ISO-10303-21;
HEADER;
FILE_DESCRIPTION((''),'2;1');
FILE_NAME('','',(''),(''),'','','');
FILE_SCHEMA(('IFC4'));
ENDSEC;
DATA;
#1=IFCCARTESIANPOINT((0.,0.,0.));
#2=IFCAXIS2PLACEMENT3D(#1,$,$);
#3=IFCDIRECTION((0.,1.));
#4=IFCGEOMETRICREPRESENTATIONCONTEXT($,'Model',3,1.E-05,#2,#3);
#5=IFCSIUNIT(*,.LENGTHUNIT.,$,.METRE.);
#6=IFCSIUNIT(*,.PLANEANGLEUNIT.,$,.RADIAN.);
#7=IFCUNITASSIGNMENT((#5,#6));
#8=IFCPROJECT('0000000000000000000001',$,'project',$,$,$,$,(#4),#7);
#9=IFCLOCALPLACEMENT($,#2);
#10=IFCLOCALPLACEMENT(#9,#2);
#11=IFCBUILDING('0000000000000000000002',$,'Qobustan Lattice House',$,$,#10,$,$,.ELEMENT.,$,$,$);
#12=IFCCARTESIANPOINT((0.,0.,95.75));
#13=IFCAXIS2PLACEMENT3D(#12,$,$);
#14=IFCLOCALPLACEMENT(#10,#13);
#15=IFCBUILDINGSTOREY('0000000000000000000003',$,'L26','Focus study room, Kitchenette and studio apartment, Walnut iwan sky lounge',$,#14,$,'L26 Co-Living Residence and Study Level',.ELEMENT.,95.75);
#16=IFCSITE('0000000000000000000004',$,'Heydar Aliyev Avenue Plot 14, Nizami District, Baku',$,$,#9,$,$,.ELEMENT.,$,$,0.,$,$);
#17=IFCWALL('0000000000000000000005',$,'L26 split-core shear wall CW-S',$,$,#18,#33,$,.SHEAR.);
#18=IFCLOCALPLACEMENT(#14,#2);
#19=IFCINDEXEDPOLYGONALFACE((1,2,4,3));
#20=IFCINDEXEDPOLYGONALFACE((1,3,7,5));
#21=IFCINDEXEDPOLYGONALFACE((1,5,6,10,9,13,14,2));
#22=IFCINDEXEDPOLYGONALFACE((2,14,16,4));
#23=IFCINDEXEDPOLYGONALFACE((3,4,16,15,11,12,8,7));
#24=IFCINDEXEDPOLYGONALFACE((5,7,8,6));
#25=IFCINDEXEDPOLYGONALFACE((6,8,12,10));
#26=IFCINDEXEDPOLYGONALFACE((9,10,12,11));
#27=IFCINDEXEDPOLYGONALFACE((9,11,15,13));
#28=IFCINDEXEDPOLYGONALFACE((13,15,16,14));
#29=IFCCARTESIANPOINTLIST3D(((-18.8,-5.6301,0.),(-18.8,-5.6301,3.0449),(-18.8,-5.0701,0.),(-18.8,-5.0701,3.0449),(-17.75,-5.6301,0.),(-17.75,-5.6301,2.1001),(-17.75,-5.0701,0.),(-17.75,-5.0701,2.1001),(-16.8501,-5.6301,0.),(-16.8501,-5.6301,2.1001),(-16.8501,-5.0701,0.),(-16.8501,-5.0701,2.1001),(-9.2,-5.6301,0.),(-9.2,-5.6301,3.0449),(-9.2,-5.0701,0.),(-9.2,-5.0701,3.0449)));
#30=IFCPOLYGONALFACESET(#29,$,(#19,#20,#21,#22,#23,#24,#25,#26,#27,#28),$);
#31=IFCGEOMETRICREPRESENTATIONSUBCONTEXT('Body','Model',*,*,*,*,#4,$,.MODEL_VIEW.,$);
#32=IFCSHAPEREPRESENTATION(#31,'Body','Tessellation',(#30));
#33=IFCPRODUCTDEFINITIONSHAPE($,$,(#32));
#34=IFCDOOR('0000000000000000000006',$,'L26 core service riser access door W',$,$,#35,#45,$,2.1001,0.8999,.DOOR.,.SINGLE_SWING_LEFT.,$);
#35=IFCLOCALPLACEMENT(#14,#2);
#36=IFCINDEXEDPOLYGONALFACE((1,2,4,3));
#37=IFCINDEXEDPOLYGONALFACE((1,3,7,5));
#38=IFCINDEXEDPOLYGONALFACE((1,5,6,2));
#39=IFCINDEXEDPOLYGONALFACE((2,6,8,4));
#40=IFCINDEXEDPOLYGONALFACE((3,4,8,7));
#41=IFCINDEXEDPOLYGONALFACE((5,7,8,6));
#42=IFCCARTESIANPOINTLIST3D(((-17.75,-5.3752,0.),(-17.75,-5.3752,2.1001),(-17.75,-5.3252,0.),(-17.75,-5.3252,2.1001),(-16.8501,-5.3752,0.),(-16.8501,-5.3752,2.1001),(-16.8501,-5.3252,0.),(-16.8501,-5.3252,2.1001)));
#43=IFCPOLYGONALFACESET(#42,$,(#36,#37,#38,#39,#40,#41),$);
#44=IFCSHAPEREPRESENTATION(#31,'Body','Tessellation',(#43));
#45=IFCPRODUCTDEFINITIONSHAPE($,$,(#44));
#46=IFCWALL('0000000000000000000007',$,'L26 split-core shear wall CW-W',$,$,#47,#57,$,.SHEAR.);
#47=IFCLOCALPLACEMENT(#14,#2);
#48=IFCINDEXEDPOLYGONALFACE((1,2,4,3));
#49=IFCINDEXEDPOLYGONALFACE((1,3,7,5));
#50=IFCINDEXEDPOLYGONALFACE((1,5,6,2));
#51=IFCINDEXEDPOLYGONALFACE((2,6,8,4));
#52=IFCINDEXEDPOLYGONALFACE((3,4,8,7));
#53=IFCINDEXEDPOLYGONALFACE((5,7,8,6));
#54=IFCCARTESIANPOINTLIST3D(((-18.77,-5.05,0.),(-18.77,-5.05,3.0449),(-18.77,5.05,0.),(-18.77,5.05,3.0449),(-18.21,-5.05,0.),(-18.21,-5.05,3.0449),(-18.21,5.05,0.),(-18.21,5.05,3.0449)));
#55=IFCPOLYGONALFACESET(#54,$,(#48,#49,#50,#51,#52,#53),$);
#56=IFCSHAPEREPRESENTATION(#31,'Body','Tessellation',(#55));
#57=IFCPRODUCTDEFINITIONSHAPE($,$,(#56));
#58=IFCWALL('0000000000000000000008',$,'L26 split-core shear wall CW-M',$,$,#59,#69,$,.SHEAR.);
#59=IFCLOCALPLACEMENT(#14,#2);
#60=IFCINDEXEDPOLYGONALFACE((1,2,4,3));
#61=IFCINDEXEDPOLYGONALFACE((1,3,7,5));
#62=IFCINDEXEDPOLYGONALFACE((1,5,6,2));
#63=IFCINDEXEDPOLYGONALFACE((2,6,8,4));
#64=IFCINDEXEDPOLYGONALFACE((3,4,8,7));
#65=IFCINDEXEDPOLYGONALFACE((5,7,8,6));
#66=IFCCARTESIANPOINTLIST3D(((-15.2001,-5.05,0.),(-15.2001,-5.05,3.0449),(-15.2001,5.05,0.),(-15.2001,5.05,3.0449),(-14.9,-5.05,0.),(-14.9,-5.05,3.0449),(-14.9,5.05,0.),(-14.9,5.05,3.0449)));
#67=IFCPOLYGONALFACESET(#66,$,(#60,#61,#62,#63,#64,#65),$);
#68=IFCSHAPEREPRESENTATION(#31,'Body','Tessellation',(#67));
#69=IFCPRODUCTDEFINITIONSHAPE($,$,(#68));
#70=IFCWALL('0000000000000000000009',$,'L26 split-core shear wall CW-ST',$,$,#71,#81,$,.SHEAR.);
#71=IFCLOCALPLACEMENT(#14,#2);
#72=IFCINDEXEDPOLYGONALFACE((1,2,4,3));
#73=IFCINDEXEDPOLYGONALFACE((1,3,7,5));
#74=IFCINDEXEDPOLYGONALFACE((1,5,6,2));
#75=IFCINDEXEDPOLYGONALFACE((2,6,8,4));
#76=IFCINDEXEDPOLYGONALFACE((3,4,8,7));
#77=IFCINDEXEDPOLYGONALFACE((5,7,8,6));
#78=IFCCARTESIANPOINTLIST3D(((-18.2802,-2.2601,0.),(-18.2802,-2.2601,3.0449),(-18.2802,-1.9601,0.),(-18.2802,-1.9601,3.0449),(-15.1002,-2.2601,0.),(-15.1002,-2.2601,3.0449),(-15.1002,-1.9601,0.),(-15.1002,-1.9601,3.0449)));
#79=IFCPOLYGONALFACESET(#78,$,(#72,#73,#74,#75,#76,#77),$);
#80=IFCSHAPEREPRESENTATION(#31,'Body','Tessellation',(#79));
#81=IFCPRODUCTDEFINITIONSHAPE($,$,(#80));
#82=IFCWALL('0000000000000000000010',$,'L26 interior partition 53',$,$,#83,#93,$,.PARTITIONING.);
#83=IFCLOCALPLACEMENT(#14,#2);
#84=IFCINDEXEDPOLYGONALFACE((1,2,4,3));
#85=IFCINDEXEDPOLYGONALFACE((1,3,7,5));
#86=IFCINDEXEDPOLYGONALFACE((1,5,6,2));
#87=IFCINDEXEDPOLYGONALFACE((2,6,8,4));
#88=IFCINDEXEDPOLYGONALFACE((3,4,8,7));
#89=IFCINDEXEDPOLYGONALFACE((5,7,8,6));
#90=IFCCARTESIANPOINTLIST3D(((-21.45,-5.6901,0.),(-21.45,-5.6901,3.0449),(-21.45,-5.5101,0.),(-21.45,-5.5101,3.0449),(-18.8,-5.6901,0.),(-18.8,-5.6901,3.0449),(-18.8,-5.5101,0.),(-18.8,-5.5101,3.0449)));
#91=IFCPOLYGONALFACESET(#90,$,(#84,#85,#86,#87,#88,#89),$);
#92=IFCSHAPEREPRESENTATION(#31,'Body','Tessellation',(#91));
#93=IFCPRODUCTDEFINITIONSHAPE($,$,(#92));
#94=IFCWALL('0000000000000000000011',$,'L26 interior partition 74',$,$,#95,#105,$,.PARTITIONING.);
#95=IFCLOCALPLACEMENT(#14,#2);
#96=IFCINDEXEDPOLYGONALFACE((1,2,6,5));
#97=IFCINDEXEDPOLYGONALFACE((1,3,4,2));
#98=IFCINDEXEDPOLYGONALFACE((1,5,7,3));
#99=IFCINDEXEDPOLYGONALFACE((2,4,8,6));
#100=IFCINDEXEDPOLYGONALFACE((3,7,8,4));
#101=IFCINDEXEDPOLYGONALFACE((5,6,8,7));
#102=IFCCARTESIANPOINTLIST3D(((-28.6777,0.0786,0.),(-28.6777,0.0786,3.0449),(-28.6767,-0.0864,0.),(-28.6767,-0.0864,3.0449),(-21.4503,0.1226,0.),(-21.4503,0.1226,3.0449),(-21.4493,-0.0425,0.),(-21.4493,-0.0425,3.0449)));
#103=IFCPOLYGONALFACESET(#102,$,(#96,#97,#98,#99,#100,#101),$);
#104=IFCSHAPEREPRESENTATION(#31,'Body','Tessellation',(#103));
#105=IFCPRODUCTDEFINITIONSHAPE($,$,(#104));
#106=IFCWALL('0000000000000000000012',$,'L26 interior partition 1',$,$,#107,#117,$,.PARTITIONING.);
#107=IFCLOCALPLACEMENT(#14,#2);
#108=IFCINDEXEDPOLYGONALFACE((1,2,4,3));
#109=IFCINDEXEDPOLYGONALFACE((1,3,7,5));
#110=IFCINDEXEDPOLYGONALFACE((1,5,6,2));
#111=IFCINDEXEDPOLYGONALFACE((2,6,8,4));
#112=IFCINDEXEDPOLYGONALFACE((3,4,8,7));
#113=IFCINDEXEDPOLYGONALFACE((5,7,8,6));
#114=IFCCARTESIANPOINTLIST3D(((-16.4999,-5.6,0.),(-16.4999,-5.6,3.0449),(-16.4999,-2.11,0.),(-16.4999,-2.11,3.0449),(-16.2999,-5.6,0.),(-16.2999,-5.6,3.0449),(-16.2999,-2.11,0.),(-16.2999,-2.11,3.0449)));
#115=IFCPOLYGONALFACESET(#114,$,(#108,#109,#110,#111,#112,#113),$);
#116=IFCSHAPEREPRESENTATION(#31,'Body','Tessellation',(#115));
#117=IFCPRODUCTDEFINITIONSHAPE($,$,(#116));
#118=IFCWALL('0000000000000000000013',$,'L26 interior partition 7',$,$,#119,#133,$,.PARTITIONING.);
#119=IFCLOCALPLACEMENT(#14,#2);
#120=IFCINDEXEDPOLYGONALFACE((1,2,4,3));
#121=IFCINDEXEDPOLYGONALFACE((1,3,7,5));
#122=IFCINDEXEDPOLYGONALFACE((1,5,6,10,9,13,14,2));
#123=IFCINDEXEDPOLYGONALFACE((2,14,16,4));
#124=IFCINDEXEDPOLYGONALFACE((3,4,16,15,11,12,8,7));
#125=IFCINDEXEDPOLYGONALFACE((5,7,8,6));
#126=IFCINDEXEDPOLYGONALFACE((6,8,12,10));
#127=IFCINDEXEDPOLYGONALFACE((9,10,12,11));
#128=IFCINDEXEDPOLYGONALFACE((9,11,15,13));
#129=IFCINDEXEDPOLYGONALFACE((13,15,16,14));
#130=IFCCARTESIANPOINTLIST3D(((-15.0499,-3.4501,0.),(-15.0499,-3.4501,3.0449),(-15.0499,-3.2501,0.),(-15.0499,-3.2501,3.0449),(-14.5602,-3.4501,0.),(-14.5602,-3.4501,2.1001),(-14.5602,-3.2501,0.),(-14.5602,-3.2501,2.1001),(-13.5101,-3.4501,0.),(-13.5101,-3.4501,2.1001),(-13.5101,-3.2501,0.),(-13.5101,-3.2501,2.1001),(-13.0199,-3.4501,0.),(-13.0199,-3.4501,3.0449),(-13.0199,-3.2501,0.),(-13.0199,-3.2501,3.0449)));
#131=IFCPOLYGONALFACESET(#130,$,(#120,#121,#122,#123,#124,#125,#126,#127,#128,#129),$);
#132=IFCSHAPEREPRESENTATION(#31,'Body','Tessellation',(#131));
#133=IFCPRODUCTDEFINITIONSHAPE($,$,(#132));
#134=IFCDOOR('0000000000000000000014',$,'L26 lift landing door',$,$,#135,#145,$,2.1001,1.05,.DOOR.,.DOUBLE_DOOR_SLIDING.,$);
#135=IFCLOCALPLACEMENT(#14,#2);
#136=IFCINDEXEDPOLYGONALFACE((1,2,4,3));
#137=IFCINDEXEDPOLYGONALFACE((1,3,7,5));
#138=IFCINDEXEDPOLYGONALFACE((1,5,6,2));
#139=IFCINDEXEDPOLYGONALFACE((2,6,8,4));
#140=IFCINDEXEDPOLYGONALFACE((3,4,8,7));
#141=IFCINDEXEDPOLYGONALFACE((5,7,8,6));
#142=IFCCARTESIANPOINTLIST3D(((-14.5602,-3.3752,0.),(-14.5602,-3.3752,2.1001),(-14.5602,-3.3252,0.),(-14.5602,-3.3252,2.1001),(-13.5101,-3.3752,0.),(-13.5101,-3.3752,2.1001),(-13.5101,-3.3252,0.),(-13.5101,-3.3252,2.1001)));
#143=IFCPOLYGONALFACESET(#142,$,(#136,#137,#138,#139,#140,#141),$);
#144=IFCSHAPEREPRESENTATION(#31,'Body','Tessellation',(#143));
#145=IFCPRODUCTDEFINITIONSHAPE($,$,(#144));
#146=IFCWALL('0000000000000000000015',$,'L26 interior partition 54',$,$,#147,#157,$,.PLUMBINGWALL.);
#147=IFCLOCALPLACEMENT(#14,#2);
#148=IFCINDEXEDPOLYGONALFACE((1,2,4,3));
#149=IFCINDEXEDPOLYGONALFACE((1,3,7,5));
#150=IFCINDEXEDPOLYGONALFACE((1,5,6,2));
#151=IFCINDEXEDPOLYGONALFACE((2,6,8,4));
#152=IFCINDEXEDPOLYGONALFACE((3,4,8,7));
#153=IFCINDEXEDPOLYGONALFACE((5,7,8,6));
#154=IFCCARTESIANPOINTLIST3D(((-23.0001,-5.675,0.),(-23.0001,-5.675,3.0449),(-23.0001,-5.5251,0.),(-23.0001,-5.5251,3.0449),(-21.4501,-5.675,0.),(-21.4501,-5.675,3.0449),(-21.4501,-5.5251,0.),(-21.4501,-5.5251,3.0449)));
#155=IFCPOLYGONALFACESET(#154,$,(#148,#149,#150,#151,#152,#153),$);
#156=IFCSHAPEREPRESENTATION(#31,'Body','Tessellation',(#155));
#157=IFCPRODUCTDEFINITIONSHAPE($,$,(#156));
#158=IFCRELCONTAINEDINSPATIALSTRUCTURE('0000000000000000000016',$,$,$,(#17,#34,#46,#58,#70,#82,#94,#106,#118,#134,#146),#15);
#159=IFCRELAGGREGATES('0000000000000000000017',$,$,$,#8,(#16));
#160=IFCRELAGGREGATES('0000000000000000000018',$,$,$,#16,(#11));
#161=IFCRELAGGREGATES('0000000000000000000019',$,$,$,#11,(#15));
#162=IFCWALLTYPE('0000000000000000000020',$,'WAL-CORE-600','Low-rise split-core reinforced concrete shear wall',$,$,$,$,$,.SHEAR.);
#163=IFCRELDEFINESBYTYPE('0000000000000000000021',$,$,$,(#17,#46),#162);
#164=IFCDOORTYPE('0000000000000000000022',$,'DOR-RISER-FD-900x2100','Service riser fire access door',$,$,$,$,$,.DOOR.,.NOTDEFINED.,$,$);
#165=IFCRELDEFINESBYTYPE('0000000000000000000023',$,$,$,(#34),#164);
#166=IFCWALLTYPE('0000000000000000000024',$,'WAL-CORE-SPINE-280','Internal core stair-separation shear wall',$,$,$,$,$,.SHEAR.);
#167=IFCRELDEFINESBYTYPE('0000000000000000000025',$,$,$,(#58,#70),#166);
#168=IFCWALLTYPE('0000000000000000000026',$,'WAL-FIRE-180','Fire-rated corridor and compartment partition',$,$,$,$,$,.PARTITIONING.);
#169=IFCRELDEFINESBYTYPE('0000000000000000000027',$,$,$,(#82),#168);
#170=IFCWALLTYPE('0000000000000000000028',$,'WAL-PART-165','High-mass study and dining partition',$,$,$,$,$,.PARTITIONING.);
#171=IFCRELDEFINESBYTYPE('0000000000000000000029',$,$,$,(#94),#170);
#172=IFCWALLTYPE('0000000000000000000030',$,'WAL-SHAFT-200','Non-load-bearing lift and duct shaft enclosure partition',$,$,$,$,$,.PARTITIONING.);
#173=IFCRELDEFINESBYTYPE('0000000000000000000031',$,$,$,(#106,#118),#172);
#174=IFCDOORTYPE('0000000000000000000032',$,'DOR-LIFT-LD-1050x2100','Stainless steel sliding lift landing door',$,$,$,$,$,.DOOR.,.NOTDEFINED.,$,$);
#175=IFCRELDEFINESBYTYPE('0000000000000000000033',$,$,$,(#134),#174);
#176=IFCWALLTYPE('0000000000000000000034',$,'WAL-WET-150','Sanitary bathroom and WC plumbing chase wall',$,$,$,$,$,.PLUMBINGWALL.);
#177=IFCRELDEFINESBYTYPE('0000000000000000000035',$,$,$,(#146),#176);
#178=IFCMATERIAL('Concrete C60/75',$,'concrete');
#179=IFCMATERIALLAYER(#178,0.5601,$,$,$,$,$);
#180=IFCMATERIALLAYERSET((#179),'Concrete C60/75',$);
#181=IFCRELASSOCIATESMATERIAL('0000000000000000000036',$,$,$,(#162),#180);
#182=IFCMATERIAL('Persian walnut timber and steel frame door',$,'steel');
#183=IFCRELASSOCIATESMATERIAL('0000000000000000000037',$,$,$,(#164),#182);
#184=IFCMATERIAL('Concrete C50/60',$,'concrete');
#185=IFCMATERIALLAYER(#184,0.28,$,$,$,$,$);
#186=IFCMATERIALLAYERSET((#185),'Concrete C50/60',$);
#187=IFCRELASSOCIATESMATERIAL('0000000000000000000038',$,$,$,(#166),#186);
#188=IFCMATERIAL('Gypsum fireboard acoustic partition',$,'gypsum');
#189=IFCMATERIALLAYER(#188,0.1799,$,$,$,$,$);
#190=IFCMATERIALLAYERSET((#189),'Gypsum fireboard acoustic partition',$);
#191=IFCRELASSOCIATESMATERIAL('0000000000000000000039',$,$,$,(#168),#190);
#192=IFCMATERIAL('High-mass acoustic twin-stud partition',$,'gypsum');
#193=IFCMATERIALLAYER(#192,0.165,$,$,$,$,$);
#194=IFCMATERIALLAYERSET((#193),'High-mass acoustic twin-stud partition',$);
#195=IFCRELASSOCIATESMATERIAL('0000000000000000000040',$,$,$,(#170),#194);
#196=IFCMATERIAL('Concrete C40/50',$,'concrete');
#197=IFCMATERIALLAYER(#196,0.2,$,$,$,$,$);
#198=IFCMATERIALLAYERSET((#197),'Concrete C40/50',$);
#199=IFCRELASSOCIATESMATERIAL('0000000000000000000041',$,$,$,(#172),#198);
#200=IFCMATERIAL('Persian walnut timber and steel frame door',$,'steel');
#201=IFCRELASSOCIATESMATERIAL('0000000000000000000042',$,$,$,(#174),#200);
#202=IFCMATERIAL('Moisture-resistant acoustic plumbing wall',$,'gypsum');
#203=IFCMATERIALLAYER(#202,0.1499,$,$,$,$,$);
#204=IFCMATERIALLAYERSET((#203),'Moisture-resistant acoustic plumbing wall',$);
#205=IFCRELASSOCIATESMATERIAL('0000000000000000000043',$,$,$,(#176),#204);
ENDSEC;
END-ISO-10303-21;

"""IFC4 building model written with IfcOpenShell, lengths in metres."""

from ifc_helpers import new_model, si_unit, direction, frame, frame_2d, origin, place, context, subcontext, project, spatial, rectangle, extrude, material, layer, layer_set, type_object, element, fill, save


model = new_model("IFC4")

# Units and contexts
model_context = context("Model", 3, precision=1e-05, world=origin(), true_north=direction((0.0, 1.0)))
body_context = subcontext(model_context, "Body", "Model", "MODEL_VIEW")
ifc_project = project(units=[si_unit("LENGTHUNIT", "METRE"), si_unit("PLANEANGLEUNIT", "RADIAN")], contexts=[model_context])

# Site, building, storey
site_placement = place(None, origin())
site = spatial("IfcSite", under=ifc_project, at=site_placement, Name="Heydar Aliyev Avenue Plot 14, Nizami District, Baku", CompositionType="ELEMENT", RefElevation=0.0)
building_placement = place(site_placement, origin())
building = spatial("IfcBuilding", under=site, at=building_placement, Name="Qobustan Lattice House", CompositionType="ELEMENT")
storey_placement = place(building_placement, frame((0.0, 0.0, 95.75)))
storey = spatial("IfcBuildingStorey", under=building, at=storey_placement, Name="L26", Description="Focus study room, Kitchenette and studio apartment, Walnut iwan sky lounge", LongName="L26 Co-Living Residence and Study Level", CompositionType="ELEMENT", Elevation=95.75)

# Wall, opening, door
ifc_material_1 = material(Name="Concrete C60/75", Category="concrete")
ifc_layer_1 = layer(ifc_material_1, 0.5601)
ifc_layer_set_1 = layer_set([ifc_layer_1], Name="Concrete C60/75")
wall_type_1 = type_object("IfcWallType", Name="WAL-CORE-600", Description="Low-rise split-core reinforced concrete shear wall", PredefinedType="SHEAR", material=ifc_layer_set_1)
wall_1_placement = place(storey_placement, frame((-18.8, -5.3501, 0.0), z_axis=(0.0, 0.0, 1.0), x_axis=(1.0, 0.0, 0.0)))
wall_1 = element("IfcWall", 1, at=wall_1_placement, inside=storey, type_object=wall_type_1, Name="L26 split-core shear wall CW-S", PredefinedType="SHEAR", context=body_context, shape_type="SweptSolid", body=[
    extrude(rectangle(XDim=9.6001, YDim=0.5601, at=frame_2d((4.8, 0.0))), origin(), (0.0, 0.0, 1.0), 3.0449),
])
opening_1_placement = place(wall_1_placement, frame((1.05, 0.0, 0.0)))
opening_1 = element("IfcOpeningElement", 2, at=opening_1_placement, cuts=wall_1, PredefinedType="OPENING", context=body_context, shape_type="SweptSolid", body=[
    extrude(rectangle(XDim=0.8999, YDim=2.1001, at=frame_2d((0.45, 1.05))), frame((0.0, 0.29, 0.0), z_axis=(0.0, -1.0, 0.0), x_axis=(1.0, 0.0, 0.0)), (0.0, 0.0, 1.0), 0.5801),
])
ifc_material_2 = material(Name="Persian walnut timber and steel frame door", Category="steel")
door_type_1 = type_object("IfcDoorType", Name="DOR-RISER-FD-900x2100", Description="Service riser fire access door", OperationType="NOTDEFINED", PredefinedType="DOOR", material=ifc_material_2)
door_1_placement = place(opening_1_placement, origin())
door_1 = element("IfcDoor", 3, at=door_1_placement, inside=storey, type_object=door_type_1, Name="L26 core service riser access door W", OperationType="SINGLE_SWING_LEFT", OverallHeight=2.1001, OverallWidth=0.8999, PredefinedType="DOOR", context=body_context, shape_type="SweptSolid", body=[
    extrude(rectangle(XDim=0.8999, YDim=2.1001, at=frame_2d((0.45, 1.05))), frame((0.0, 0.0249, 0.0), z_axis=(0.0, -1.0, 0.0), x_axis=(1.0, 0.0, 0.0)), (0.0, 0.0, 1.0), 0.05),
])
fill(opening_1, door_1)

# Walls
wall_2_placement = place(storey_placement, frame((-18.49, -5.05, 0.0), z_axis=(0.0, 0.0, 1.0), x_axis=(0.0, 1.0, 0.0)))
element("IfcWall", 4, at=wall_2_placement, inside=storey, type_object=wall_type_1, Name="L26 split-core shear wall CW-W", PredefinedType="SHEAR", context=body_context, shape_type="SweptSolid", body=[
    extrude(rectangle(XDim=10.1001, YDim=0.5601, at=frame_2d((5.05, 0.0))), origin(), (0.0, 0.0, 1.0), 3.0449),
])
ifc_material_3 = material(Name="Concrete C50/60", Category="concrete")
ifc_layer_2 = layer(ifc_material_3, 0.28)
ifc_layer_set_2 = layer_set([ifc_layer_2], Name="Concrete C50/60")
wall_type_2 = type_object("IfcWallType", Name="WAL-CORE-SPINE-280", Description="Internal core stair-separation shear wall", PredefinedType="SHEAR", material=ifc_layer_set_2)
wall_3_placement = place(storey_placement, frame((-15.05, -5.05, 0.0), z_axis=(0.0, 0.0, 1.0), x_axis=(0.0, 1.0, 0.0)))
element("IfcWall", 5, at=wall_3_placement, inside=storey, type_object=wall_type_2, Name="L26 split-core shear wall CW-M", PredefinedType="SHEAR", context=body_context, shape_type="SweptSolid", body=[
    extrude(rectangle(XDim=10.1001, YDim=0.3, at=frame_2d((5.05, 0.0))), origin(), (0.0, 0.0, 1.0), 3.0449),
])
wall_4_placement = place(storey_placement, frame((-18.28, -2.1101, 0.0), z_axis=(0.0, 0.0, 1.0), x_axis=(1.0, 0.0, 0.0)))
element("IfcWall", 6, at=wall_4_placement, inside=storey, type_object=wall_type_2, Name="L26 split-core shear wall CW-ST", PredefinedType="SHEAR", context=body_context, shape_type="SweptSolid", body=[
    extrude(rectangle(XDim=3.1799, YDim=0.3, at=frame_2d((1.5898, 0.0))), origin(), (0.0, 0.0, 1.0), 3.0449),
])
ifc_material_4 = material(Name="Gypsum fireboard acoustic partition", Category="gypsum")
ifc_layer_3 = layer(ifc_material_4, 0.1799)
ifc_layer_set_3 = layer_set([ifc_layer_3], Name="Gypsum fireboard acoustic partition")
wall_type_3 = type_object("IfcWallType", Name="WAL-FIRE-180", Description="Fire-rated corridor and compartment partition", PredefinedType="PARTITIONING", material=ifc_layer_set_3)
wall_5_placement = place(storey_placement, frame((-21.45, -5.6001, 0.0), z_axis=(0.0, 0.0, 1.0), x_axis=(1.0, 0.0, 0.0)))
element("IfcWall", 7, at=wall_5_placement, inside=storey, type_object=wall_type_3, Name="L26 interior partition 53", PredefinedType="PARTITIONING", context=body_context, shape_type="SweptSolid", body=[
    extrude(rectangle(XDim=2.6499, YDim=0.1799, at=frame_2d((1.325, 0.0))), origin(), (0.0, 0.0, 1.0), 3.0449),
])

# Shared definitions
ifc_material_5 = material(Name="High-mass acoustic twin-stud partition", Category="gypsum")
ifc_layer_4 = layer(ifc_material_5, 0.165)
ifc_layer_set_4 = layer_set([ifc_layer_4], Name="High-mass acoustic twin-stud partition")
wall_type_4 = type_object("IfcWallType", Name="WAL-PART-165", Description="High-mass study and dining partition", PredefinedType="PARTITIONING", material=ifc_layer_set_4)

# Walls
wall_6_placement = place(storey_placement, frame((-28.6772, -0.0039, 0.0), z_axis=(0.0, 0.0, 1.0), x_axis=(0.999982, 0.00608, 0.0)))
element("IfcWall", 8, at=wall_6_placement, inside=storey, type_object=wall_type_4, Name="L26 interior partition 74", PredefinedType="PARTITIONING", context=body_context, shape_type="SweptSolid", body=[
    extrude(rectangle(XDim=7.2275, YDim=0.165, at=frame_2d((3.6138, 0.0))), origin(), (0.0, 0.0, 1.0), 3.0449),
])
ifc_material_6 = material(Name="Concrete C40/50", Category="concrete")
ifc_layer_5 = layer(ifc_material_6, 0.2)
ifc_layer_set_5 = layer_set([ifc_layer_5], Name="Concrete C40/50")
wall_type_5 = type_object("IfcWallType", Name="WAL-SHAFT-200", Description="Non-load-bearing lift and duct shaft enclosure partition", PredefinedType="PARTITIONING", material=ifc_layer_set_5)
wall_7_placement = place(storey_placement, frame((-16.3999, -5.6001, 0.0), z_axis=(0.0, 0.0, 1.0), x_axis=(0.0, 1.0, 0.0)))
element("IfcWall", 9, at=wall_7_placement, inside=storey, type_object=wall_type_5, Name="L26 interior partition 1", PredefinedType="PARTITIONING", context=body_context, shape_type="SweptSolid", body=[
    extrude(rectangle(XDim=3.49, YDim=0.2, at=frame_2d((1.7451, 0.0))), origin(), (0.0, 0.0, 1.0), 3.0449),
])

# Wall, opening, door
wall_8_placement = place(storey_placement, frame((-15.05, -3.3501, 0.0), z_axis=(0.0, 0.0, 1.0), x_axis=(1.0, 0.0, 0.0)))
wall_8 = element("IfcWall", 10, at=wall_8_placement, inside=storey, type_object=wall_type_5, Name="L26 interior partition 7", PredefinedType="PARTITIONING", context=body_context, shape_type="SweptSolid", body=[
    extrude(rectangle(XDim=2.03, YDim=0.2, at=frame_2d((1.0151, 0.0))), origin(), (0.0, 0.0, 1.0), 3.0449),
])
opening_2_placement = place(wall_8_placement, frame((0.49, 0.0, 0.0)))
opening_2 = element("IfcOpeningElement", 11, at=opening_2_placement, cuts=wall_8, PredefinedType="OPENING", context=body_context, shape_type="SweptSolid", body=[
    extrude(rectangle(XDim=1.05, YDim=2.1001, at=frame_2d((0.5249, 1.05))), frame((0.0, 0.1099, 0.0), z_axis=(0.0, -1.0, 0.0), x_axis=(1.0, 0.0, 0.0)), (0.0, 0.0, 1.0), 0.22),
])
ifc_material_7 = material(Name="Persian walnut timber and steel frame door", Category="steel")
door_type_2 = type_object("IfcDoorType", Name="DOR-LIFT-LD-1050x2100", Description="Stainless steel sliding lift landing door", OperationType="NOTDEFINED", PredefinedType="DOOR", material=ifc_material_7)
door_2_placement = place(opening_2_placement, origin())
door_2 = element("IfcDoor", 12, at=door_2_placement, inside=storey, type_object=door_type_2, Name="L26 lift landing door", OperationType="DOUBLE_DOOR_SLIDING", OverallHeight=2.1001, OverallWidth=1.05, PredefinedType="DOOR", context=body_context, shape_type="SweptSolid", body=[
    extrude(rectangle(XDim=1.05, YDim=2.1001, at=frame_2d((0.5249, 1.05))), frame((0.0, 0.0249, 0.0), z_axis=(0.0, -1.0, 0.0), x_axis=(1.0, 0.0, 0.0)), (0.0, 0.0, 1.0), 0.05),
])
fill(opening_2, door_2)

# Wall
ifc_material_8 = material(Name="Moisture-resistant acoustic plumbing wall", Category="gypsum")
ifc_layer_6 = layer(ifc_material_8, 0.1499)
ifc_layer_set_6 = layer_set([ifc_layer_6], Name="Moisture-resistant acoustic plumbing wall")
wall_type_6 = type_object("IfcWallType", Name="WAL-WET-150", Description="Sanitary bathroom and WC plumbing chase wall", PredefinedType="PLUMBINGWALL", material=ifc_layer_set_6)
wall_9_placement = place(storey_placement, frame((-23.0, -5.6001, 0.0), z_axis=(0.0, 0.0, 1.0), x_axis=(1.0, 0.0, 0.0)))
element("IfcWall", 13, at=wall_9_placement, inside=storey, type_object=wall_type_6, Name="L26 interior partition 54", PredefinedType="PLUMBINGWALL", context=body_context, shape_type="SweptSolid", body=[
    extrude(rectangle(XDim=1.55, YDim=0.1499, at=frame_2d((0.7749, 0.0))), origin(), (0.0, 0.0, 1.0), 3.0449),
])

save(model, "model.ifc")
